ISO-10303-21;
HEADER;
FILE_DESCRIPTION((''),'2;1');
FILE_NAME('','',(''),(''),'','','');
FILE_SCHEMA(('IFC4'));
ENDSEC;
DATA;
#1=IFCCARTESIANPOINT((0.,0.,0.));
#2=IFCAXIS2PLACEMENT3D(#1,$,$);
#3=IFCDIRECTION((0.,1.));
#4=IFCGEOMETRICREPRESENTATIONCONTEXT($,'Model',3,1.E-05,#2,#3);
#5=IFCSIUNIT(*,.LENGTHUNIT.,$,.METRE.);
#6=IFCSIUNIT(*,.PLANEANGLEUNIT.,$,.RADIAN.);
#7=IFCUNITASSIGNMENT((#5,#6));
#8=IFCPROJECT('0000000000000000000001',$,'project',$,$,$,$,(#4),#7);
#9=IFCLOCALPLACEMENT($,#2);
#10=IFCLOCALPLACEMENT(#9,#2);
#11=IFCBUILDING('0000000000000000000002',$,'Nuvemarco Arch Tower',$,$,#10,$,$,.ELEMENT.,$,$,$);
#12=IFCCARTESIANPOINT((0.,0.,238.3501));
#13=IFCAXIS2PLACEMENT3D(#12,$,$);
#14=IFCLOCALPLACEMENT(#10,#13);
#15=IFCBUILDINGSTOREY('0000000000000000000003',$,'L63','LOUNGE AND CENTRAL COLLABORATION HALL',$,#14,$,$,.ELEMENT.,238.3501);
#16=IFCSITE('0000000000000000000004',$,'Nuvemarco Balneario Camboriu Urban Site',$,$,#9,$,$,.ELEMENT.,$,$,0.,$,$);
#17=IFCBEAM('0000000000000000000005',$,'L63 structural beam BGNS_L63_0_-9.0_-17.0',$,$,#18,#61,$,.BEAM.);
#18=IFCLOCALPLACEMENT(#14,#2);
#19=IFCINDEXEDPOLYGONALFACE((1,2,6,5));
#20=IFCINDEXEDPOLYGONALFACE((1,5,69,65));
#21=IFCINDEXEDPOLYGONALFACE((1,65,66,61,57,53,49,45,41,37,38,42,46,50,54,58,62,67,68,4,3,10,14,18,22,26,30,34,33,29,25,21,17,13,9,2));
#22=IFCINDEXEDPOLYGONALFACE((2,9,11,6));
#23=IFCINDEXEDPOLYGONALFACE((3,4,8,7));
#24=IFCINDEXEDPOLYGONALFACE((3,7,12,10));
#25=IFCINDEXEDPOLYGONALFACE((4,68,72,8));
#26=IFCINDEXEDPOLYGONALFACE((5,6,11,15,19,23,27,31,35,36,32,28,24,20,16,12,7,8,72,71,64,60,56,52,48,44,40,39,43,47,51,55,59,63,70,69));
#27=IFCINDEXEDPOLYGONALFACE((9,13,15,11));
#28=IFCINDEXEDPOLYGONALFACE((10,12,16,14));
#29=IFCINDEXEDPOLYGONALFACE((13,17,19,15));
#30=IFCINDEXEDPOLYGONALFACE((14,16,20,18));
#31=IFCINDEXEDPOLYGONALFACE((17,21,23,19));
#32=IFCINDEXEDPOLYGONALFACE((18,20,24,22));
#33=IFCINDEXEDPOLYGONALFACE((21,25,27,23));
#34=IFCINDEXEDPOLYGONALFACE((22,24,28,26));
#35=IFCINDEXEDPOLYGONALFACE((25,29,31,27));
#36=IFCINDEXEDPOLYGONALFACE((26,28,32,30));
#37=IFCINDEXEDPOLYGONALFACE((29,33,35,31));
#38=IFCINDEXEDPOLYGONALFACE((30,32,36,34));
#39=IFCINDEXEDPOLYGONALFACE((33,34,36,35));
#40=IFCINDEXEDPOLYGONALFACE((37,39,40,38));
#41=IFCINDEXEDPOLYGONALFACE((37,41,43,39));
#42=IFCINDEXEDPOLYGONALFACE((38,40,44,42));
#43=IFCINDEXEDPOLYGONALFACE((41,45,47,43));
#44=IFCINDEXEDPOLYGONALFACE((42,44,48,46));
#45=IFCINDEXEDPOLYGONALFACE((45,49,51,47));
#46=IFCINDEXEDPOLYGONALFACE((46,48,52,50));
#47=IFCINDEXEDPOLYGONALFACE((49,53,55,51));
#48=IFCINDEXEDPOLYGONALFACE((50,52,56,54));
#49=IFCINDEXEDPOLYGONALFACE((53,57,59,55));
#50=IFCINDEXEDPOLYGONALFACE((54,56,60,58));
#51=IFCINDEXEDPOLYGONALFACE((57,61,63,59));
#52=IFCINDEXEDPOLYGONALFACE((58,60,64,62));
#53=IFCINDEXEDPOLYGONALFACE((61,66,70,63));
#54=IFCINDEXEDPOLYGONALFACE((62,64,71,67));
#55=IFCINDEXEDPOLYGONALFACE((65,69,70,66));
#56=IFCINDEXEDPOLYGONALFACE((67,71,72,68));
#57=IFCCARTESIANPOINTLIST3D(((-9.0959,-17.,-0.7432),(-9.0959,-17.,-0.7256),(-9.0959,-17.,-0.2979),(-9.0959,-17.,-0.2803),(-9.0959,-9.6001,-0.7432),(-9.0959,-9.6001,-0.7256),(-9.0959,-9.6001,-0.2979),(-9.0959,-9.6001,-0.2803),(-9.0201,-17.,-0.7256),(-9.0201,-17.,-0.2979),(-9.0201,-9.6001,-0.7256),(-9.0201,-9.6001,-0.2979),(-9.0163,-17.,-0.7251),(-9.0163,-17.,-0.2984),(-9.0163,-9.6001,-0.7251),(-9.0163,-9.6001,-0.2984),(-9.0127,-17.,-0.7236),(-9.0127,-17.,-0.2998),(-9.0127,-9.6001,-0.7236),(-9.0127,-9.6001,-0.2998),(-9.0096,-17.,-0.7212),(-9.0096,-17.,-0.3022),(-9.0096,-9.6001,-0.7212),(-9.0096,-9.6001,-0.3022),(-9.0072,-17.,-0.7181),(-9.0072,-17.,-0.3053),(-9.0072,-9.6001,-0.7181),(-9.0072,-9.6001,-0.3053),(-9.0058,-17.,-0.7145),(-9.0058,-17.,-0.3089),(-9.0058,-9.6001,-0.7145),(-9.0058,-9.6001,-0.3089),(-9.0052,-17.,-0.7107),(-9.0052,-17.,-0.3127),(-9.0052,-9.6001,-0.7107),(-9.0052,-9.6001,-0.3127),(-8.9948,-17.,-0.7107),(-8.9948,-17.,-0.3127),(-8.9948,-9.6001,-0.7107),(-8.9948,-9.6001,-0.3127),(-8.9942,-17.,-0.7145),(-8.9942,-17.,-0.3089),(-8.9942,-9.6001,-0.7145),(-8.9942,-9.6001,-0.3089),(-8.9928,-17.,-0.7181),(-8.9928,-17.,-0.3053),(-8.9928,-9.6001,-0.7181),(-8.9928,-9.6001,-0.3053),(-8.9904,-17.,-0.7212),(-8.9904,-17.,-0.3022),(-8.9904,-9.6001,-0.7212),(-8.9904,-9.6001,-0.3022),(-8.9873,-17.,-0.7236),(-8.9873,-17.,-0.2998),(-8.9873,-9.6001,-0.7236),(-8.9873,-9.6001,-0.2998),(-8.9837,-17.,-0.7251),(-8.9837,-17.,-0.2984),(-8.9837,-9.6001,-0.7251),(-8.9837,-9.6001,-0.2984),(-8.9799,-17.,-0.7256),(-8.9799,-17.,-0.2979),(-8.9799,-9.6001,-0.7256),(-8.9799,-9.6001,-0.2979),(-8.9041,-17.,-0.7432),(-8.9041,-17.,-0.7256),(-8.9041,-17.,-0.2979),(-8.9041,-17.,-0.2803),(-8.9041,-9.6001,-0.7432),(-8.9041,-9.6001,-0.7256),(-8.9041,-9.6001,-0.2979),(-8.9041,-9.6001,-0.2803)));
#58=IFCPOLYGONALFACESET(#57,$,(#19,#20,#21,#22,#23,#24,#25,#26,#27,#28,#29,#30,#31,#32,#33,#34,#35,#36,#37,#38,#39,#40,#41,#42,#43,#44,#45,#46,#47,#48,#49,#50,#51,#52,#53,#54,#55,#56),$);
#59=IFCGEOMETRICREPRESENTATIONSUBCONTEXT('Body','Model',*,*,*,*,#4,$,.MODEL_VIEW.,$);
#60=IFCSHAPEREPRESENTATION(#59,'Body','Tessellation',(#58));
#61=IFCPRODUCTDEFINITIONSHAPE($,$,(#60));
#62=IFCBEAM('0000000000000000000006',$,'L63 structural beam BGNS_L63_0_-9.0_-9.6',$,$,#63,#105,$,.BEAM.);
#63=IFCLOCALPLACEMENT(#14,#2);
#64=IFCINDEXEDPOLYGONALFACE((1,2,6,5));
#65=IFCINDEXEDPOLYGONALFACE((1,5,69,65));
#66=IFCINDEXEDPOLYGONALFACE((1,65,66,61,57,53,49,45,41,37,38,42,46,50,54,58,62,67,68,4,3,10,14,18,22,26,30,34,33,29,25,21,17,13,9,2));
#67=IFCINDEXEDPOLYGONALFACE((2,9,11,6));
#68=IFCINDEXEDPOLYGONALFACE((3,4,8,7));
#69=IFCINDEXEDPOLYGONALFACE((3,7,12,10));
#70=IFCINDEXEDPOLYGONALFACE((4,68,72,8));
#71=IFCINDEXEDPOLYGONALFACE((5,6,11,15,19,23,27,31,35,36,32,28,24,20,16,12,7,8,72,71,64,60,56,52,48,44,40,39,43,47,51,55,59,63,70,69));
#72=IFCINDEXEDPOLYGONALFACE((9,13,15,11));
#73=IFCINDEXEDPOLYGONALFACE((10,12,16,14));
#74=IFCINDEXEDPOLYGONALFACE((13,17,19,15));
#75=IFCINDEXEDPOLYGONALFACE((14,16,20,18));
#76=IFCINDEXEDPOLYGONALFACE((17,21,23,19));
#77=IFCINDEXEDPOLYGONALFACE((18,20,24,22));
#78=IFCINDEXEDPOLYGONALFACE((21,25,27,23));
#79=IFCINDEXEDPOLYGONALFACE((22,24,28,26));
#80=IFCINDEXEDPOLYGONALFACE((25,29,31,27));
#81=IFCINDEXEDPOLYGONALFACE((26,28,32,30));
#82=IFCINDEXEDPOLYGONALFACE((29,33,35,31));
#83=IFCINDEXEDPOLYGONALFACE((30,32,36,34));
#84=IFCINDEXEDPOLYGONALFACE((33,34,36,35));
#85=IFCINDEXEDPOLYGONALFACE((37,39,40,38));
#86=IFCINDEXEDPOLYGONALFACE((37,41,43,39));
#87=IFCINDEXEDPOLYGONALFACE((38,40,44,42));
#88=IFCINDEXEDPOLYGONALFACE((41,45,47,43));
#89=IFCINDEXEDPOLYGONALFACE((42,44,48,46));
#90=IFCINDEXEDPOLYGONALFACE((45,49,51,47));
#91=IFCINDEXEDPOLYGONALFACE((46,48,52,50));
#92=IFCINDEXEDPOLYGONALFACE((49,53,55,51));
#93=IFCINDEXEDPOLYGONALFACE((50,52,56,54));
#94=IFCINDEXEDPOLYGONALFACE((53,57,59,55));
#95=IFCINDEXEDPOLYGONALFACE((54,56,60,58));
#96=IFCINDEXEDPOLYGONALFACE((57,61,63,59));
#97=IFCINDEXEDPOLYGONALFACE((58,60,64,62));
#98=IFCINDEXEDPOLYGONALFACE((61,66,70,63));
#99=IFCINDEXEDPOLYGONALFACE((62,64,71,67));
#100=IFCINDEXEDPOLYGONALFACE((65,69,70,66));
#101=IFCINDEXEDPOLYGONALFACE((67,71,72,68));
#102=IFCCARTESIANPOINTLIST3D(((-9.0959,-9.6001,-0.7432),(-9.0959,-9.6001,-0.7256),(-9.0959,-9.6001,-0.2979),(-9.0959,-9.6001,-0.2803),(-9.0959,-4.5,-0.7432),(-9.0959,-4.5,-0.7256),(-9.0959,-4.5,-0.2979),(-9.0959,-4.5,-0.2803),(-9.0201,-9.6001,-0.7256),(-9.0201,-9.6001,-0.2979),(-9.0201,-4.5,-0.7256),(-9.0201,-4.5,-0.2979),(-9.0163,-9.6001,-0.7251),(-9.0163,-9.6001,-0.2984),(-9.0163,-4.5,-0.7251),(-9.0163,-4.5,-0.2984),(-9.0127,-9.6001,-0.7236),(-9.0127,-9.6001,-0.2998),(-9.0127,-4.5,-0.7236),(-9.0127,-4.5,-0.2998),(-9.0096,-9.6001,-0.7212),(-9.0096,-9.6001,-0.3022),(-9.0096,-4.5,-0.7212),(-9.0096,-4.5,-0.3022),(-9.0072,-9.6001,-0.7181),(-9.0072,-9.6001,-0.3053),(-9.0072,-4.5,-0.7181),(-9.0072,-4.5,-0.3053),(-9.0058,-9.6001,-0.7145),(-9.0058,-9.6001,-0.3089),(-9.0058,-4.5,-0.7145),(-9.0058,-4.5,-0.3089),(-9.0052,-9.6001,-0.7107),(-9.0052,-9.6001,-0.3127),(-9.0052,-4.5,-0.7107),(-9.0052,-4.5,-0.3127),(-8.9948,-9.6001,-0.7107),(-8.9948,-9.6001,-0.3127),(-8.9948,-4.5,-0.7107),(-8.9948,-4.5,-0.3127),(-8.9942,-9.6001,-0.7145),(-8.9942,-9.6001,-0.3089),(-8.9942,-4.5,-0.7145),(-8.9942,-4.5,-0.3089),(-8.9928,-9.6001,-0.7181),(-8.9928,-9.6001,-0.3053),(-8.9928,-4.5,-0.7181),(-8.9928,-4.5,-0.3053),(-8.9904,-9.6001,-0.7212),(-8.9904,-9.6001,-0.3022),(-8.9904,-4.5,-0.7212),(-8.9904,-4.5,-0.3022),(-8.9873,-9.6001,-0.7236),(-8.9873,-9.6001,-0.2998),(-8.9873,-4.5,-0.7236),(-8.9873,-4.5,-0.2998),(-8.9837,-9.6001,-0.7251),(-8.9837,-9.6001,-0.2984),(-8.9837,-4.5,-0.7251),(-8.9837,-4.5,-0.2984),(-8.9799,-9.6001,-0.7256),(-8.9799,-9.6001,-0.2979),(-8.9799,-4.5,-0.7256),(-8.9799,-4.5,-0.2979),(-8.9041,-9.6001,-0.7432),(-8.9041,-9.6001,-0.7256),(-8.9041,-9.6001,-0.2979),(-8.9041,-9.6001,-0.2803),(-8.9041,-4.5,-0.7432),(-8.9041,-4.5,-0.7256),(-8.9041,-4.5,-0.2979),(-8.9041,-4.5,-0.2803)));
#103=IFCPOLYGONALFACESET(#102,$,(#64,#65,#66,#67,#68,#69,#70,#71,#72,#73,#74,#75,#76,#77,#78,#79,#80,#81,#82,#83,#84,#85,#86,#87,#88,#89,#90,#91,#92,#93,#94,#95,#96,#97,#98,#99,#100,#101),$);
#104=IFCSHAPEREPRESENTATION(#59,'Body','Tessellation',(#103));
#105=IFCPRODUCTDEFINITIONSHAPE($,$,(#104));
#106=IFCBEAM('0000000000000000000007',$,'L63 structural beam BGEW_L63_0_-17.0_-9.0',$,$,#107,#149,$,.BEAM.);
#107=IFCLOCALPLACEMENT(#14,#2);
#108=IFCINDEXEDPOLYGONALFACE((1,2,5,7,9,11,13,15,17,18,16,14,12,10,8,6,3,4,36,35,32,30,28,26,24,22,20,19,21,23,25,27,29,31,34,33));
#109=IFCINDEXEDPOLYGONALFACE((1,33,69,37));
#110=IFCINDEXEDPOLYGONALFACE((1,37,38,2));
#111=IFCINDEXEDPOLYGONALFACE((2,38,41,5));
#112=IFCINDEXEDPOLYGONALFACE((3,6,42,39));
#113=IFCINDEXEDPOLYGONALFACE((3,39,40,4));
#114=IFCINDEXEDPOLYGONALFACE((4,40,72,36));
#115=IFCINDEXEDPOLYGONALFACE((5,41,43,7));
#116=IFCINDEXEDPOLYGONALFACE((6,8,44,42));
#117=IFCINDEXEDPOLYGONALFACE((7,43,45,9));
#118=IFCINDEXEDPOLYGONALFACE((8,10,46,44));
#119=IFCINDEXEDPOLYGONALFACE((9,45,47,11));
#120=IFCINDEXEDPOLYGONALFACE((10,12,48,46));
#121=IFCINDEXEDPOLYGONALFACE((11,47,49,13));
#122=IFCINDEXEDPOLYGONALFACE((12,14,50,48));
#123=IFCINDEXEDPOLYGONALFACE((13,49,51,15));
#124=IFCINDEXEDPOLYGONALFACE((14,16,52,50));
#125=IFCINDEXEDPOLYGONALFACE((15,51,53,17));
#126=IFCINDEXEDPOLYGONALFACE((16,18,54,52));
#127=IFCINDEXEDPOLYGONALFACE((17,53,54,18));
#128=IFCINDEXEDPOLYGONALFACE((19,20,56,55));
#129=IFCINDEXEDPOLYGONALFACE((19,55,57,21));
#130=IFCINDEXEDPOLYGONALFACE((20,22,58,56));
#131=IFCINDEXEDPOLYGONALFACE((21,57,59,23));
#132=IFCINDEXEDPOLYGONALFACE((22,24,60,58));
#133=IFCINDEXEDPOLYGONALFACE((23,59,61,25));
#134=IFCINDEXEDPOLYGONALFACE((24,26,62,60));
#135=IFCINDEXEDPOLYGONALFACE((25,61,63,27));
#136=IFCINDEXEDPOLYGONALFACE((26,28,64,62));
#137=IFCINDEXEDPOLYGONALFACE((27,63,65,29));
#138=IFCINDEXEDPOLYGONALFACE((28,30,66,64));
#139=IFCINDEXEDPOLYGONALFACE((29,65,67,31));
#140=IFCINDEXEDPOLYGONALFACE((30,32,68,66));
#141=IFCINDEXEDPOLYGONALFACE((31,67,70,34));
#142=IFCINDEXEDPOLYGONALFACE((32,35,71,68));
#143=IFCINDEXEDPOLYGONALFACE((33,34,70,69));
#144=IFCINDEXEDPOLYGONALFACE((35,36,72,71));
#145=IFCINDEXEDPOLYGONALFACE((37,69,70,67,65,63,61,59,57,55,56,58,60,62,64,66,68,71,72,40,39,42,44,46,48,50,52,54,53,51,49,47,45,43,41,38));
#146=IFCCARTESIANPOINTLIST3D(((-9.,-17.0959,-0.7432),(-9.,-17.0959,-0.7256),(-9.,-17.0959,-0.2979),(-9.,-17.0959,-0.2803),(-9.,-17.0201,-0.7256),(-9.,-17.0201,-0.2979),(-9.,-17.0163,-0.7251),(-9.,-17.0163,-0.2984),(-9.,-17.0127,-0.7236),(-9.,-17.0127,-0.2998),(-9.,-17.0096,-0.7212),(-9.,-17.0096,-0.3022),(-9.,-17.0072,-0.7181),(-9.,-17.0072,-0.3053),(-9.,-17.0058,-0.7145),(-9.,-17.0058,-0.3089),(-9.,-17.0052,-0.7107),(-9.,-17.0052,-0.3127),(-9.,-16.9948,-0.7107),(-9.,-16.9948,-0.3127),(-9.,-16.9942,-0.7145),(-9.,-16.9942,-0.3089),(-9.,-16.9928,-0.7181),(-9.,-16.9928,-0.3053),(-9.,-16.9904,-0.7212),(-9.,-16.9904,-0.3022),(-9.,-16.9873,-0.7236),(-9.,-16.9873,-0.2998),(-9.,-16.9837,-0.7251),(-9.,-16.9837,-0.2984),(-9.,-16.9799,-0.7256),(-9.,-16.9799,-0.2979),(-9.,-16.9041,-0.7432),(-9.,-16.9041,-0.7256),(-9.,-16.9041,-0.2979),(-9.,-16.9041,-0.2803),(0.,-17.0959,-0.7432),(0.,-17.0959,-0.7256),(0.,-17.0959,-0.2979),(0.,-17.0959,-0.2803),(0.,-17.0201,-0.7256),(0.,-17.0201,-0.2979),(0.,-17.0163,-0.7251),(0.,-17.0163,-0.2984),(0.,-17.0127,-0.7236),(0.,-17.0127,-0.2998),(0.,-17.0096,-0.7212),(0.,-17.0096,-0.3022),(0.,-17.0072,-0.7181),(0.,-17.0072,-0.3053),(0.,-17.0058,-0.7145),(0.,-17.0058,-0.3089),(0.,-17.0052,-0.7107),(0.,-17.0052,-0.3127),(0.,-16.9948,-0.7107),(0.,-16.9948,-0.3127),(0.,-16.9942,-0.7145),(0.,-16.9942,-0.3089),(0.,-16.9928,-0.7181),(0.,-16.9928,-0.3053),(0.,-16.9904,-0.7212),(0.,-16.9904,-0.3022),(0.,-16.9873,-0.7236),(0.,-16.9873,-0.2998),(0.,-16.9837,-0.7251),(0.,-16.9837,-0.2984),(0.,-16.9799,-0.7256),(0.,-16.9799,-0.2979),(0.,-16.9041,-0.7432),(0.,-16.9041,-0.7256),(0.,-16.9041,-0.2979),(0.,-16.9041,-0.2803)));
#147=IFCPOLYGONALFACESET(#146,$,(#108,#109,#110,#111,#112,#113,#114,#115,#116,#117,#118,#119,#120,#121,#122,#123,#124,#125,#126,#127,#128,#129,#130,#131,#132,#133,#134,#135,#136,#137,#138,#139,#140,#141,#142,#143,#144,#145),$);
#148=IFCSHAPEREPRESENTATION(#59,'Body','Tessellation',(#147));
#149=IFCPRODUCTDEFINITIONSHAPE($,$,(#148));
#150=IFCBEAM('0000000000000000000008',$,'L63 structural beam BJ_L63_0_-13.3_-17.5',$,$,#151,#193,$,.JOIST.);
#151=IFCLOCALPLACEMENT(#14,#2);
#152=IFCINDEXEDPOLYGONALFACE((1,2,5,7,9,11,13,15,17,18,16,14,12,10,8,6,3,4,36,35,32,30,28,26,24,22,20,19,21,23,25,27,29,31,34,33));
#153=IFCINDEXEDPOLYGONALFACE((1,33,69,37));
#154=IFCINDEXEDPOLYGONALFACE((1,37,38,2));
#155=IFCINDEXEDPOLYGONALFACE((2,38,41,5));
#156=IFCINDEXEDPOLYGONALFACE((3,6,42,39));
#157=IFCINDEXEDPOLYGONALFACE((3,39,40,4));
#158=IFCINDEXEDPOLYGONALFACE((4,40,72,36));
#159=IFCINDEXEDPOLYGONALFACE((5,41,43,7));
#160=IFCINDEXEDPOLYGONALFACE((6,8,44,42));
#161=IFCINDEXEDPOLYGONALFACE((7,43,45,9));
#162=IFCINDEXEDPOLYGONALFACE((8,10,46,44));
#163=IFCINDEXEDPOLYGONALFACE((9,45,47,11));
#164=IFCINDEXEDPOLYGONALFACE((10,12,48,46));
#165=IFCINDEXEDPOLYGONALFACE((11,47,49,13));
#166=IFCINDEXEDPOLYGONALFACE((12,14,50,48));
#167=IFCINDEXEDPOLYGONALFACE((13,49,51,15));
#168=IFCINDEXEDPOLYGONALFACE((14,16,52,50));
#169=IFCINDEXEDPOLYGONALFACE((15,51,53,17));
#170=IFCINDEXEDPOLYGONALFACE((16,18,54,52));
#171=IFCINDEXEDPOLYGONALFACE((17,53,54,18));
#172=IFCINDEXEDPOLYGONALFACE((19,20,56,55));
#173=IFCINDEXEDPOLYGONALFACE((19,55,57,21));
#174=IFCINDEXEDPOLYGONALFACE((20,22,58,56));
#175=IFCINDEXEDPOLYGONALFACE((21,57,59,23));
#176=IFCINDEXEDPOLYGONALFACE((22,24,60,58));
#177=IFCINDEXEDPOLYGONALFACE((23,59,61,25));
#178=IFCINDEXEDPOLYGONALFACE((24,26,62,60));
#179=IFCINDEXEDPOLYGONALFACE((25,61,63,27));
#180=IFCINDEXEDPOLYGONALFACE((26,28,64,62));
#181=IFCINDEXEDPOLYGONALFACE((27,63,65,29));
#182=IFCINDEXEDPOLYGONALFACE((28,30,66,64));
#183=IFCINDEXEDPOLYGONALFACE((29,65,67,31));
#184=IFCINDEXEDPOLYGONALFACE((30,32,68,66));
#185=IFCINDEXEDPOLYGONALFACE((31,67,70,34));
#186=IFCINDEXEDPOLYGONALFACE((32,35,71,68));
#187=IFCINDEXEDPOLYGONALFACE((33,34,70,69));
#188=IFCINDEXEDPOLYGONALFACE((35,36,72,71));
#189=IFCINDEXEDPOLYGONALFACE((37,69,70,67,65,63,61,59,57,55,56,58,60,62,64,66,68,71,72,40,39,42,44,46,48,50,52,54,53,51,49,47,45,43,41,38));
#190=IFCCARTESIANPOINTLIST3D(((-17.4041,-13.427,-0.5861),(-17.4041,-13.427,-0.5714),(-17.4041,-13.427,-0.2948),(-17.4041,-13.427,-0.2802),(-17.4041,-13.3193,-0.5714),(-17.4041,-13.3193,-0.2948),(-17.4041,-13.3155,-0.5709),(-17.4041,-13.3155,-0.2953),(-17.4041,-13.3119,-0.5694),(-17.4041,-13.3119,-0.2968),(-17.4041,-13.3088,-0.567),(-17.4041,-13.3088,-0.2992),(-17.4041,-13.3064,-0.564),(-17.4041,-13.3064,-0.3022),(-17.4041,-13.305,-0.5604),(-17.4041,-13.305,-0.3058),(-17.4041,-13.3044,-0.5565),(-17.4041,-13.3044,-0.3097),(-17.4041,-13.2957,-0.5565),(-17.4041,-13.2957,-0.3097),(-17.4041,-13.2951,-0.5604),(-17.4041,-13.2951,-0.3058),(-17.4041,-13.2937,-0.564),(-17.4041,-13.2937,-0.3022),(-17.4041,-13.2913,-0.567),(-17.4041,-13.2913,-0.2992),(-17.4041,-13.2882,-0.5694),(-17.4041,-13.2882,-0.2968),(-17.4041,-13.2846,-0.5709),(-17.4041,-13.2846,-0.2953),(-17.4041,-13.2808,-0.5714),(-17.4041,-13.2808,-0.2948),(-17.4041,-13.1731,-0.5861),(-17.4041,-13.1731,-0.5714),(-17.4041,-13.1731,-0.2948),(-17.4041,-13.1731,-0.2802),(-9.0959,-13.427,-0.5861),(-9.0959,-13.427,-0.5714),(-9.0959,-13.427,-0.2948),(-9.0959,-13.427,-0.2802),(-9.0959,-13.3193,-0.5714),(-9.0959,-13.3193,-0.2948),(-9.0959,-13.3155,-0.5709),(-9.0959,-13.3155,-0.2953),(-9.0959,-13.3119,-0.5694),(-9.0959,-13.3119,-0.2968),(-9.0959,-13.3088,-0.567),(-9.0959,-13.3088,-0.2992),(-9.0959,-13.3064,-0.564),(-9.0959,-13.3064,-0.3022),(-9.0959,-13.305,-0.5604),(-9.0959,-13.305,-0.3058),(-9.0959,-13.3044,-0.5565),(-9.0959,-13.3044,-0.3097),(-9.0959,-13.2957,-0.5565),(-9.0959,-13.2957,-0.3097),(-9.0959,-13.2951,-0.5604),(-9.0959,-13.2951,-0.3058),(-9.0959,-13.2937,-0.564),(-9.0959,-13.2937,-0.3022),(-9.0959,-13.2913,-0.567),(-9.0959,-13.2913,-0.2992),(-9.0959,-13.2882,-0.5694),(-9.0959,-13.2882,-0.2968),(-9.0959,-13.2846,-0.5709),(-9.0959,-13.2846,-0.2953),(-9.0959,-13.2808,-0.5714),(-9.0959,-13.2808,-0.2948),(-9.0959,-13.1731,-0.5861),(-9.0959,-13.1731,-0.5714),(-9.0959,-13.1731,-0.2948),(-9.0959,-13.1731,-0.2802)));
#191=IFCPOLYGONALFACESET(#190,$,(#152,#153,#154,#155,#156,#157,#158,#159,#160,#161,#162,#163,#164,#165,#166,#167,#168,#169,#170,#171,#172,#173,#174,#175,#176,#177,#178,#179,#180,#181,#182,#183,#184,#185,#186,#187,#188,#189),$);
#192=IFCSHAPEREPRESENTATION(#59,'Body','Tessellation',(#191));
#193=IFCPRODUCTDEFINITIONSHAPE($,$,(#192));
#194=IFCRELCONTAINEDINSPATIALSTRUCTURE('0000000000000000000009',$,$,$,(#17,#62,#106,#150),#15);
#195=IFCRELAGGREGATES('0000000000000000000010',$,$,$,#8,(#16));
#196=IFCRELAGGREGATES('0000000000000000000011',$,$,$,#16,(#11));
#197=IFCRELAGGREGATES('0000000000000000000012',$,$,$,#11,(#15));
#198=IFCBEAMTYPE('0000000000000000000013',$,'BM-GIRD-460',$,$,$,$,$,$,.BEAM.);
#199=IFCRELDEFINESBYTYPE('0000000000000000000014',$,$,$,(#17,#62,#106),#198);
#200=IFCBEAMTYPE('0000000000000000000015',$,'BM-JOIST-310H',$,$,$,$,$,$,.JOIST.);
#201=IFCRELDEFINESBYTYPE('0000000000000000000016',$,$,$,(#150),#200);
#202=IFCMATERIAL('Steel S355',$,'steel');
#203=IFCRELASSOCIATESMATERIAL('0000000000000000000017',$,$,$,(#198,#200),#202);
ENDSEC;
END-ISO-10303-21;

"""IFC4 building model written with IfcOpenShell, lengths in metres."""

from ifc_helpers import new_model, si_unit, direction, frame, origin, origin_2d, place, context, subcontext, project, spatial, i_section, extrude, material, material_profile, profile_set, type_object, element, save


model = new_model("IFC4")

# Units and contexts
model_context = context("Model", 3, precision=1e-05, world=origin(), true_north=direction((0.0, 1.0)))
body_context = subcontext(model_context, "Body", "Model", "MODEL_VIEW")
ifc_project = project(units=[si_unit("LENGTHUNIT", "METRE"), si_unit("PLANEANGLEUNIT", "RADIAN")], contexts=[model_context])

# Site, building, storey
site_placement = place(None, origin())
site = spatial("IfcSite", under=ifc_project, at=site_placement, Name="Nuvemarco Balneario Camboriu Urban Site", CompositionType="ELEMENT", RefElevation=0.0)
building_placement = place(site_placement, origin())
building = spatial("IfcBuilding", under=site, at=building_placement, Name="Nuvemarco Arch Tower", CompositionType="ELEMENT")
storey_placement = place(building_placement, frame((0.0, 0.0, 238.3501)))
storey = spatial("IfcBuildingStorey", under=building, at=storey_placement, Name="L63", Description="LOUNGE AND CENTRAL COLLABORATION HALL", CompositionType="ELEMENT", Elevation=238.3501)

# Shared definitions
ifc_material_1 = material(Name="Steel S355", Category="steel")

# Beams
ifc_material_profile_1 = material_profile(ifc_material_1, i_section(OverallWidth=0.1919, OverallDepth=0.4629, WebThickness=0.0105, FlangeThickness=0.0176, FilletRadius=0.0149, at=origin_2d()), Name="W460x89")
ifc_profile_set_1 = profile_set([ifc_material_profile_1], Name="Steel S355")
beam_type_1 = type_object("IfcBeamType", Name="BM-GIRD-460", PredefinedType="BEAM", material=ifc_profile_set_1)
beam_1_placement = place(storey_placement, frame((-9.0, -17.0, -0.5117), z_axis=(0.0, 1.0, 0.0), x_axis=(-1.0, 0.0, 0.0)))
element("IfcBeam", 1, at=beam_1_placement, inside=storey, type_object=beam_type_1, Name="L63 structural beam BGNS_L63_0_-9.0_-17.0", PredefinedType="BEAM", context=body_context, shape_type="SweptSolid", body=[
    extrude(i_section(OverallWidth=0.1919, OverallDepth=0.4629, WebThickness=0.0105, FlangeThickness=0.0176, FilletRadius=0.0149, at=origin_2d()), origin(), (0.0, 0.0, 1.0), 7.3999),
])
beam_2_placement = place(storey_placement, frame((-9.0, -9.6001, -0.5117), z_axis=(0.0, 1.0, 0.0), x_axis=(-1.0, 0.0, 0.0)))
element("IfcBeam", 2, at=beam_2_placement, inside=storey, type_object=beam_type_1, Name="L63 structural beam BGNS_L63_0_-9.0_-9.6", PredefinedType="BEAM", context=body_context, shape_type="SweptSolid", body=[
    extrude(i_section(OverallWidth=0.1919, OverallDepth=0.4629, WebThickness=0.0105, FlangeThickness=0.0176, FilletRadius=0.0149, at=origin_2d()), origin(), (0.0, 0.0, 1.0), 5.1001),
])
beam_3_placement = place(storey_placement, frame((-9.0, -17.0, -0.5117), z_axis=(1.0, 0.0, 0.0), x_axis=(0.0, 1.0, 0.0)))
element("IfcBeam", 3, at=beam_3_placement, inside=storey, type_object=beam_type_1, Name="L63 structural beam BGEW_L63_0_-17.0_-9.0", PredefinedType="BEAM", context=body_context, shape_type="SweptSolid", body=[
    extrude(i_section(OverallWidth=0.1919, OverallDepth=0.4629, WebThickness=0.0105, FlangeThickness=0.0176, FilletRadius=0.0149, at=origin_2d()), origin(), (0.0, 0.0, 1.0), 9.0),
])
ifc_material_profile_2 = material_profile(ifc_material_1, i_section(OverallWidth=0.2539, OverallDepth=0.3059, WebThickness=0.0088, FlangeThickness=0.0146, FilletRadius=0.0149, at=origin_2d()), Name="W310x79")
ifc_profile_set_2 = profile_set([ifc_material_profile_2], Name="Steel S355")
beam_type_2 = type_object("IfcBeamType", Name="BM-JOIST-310H", PredefinedType="JOIST", material=ifc_profile_set_2)
beam_4_placement = place(storey_placement, frame((-17.4041, -13.3, -0.4331), z_axis=(1.0, 0.0, 0.0), x_axis=(0.0, 1.0, 0.0)))
element("IfcBeam", 4, at=beam_4_placement, inside=storey, type_object=beam_type_2, Name="L63 structural beam BJ_L63_0_-13.3_-17.5", PredefinedType="JOIST", context=body_context, shape_type="SweptSolid", body=[
    extrude(i_section(OverallWidth=0.2539, OverallDepth=0.3059, WebThickness=0.0088, FlangeThickness=0.0146, FilletRadius=0.0149, at=origin_2d()), origin(), (0.0, 0.0, 1.0), 8.3081),
])

save(model, "model.ifc")
